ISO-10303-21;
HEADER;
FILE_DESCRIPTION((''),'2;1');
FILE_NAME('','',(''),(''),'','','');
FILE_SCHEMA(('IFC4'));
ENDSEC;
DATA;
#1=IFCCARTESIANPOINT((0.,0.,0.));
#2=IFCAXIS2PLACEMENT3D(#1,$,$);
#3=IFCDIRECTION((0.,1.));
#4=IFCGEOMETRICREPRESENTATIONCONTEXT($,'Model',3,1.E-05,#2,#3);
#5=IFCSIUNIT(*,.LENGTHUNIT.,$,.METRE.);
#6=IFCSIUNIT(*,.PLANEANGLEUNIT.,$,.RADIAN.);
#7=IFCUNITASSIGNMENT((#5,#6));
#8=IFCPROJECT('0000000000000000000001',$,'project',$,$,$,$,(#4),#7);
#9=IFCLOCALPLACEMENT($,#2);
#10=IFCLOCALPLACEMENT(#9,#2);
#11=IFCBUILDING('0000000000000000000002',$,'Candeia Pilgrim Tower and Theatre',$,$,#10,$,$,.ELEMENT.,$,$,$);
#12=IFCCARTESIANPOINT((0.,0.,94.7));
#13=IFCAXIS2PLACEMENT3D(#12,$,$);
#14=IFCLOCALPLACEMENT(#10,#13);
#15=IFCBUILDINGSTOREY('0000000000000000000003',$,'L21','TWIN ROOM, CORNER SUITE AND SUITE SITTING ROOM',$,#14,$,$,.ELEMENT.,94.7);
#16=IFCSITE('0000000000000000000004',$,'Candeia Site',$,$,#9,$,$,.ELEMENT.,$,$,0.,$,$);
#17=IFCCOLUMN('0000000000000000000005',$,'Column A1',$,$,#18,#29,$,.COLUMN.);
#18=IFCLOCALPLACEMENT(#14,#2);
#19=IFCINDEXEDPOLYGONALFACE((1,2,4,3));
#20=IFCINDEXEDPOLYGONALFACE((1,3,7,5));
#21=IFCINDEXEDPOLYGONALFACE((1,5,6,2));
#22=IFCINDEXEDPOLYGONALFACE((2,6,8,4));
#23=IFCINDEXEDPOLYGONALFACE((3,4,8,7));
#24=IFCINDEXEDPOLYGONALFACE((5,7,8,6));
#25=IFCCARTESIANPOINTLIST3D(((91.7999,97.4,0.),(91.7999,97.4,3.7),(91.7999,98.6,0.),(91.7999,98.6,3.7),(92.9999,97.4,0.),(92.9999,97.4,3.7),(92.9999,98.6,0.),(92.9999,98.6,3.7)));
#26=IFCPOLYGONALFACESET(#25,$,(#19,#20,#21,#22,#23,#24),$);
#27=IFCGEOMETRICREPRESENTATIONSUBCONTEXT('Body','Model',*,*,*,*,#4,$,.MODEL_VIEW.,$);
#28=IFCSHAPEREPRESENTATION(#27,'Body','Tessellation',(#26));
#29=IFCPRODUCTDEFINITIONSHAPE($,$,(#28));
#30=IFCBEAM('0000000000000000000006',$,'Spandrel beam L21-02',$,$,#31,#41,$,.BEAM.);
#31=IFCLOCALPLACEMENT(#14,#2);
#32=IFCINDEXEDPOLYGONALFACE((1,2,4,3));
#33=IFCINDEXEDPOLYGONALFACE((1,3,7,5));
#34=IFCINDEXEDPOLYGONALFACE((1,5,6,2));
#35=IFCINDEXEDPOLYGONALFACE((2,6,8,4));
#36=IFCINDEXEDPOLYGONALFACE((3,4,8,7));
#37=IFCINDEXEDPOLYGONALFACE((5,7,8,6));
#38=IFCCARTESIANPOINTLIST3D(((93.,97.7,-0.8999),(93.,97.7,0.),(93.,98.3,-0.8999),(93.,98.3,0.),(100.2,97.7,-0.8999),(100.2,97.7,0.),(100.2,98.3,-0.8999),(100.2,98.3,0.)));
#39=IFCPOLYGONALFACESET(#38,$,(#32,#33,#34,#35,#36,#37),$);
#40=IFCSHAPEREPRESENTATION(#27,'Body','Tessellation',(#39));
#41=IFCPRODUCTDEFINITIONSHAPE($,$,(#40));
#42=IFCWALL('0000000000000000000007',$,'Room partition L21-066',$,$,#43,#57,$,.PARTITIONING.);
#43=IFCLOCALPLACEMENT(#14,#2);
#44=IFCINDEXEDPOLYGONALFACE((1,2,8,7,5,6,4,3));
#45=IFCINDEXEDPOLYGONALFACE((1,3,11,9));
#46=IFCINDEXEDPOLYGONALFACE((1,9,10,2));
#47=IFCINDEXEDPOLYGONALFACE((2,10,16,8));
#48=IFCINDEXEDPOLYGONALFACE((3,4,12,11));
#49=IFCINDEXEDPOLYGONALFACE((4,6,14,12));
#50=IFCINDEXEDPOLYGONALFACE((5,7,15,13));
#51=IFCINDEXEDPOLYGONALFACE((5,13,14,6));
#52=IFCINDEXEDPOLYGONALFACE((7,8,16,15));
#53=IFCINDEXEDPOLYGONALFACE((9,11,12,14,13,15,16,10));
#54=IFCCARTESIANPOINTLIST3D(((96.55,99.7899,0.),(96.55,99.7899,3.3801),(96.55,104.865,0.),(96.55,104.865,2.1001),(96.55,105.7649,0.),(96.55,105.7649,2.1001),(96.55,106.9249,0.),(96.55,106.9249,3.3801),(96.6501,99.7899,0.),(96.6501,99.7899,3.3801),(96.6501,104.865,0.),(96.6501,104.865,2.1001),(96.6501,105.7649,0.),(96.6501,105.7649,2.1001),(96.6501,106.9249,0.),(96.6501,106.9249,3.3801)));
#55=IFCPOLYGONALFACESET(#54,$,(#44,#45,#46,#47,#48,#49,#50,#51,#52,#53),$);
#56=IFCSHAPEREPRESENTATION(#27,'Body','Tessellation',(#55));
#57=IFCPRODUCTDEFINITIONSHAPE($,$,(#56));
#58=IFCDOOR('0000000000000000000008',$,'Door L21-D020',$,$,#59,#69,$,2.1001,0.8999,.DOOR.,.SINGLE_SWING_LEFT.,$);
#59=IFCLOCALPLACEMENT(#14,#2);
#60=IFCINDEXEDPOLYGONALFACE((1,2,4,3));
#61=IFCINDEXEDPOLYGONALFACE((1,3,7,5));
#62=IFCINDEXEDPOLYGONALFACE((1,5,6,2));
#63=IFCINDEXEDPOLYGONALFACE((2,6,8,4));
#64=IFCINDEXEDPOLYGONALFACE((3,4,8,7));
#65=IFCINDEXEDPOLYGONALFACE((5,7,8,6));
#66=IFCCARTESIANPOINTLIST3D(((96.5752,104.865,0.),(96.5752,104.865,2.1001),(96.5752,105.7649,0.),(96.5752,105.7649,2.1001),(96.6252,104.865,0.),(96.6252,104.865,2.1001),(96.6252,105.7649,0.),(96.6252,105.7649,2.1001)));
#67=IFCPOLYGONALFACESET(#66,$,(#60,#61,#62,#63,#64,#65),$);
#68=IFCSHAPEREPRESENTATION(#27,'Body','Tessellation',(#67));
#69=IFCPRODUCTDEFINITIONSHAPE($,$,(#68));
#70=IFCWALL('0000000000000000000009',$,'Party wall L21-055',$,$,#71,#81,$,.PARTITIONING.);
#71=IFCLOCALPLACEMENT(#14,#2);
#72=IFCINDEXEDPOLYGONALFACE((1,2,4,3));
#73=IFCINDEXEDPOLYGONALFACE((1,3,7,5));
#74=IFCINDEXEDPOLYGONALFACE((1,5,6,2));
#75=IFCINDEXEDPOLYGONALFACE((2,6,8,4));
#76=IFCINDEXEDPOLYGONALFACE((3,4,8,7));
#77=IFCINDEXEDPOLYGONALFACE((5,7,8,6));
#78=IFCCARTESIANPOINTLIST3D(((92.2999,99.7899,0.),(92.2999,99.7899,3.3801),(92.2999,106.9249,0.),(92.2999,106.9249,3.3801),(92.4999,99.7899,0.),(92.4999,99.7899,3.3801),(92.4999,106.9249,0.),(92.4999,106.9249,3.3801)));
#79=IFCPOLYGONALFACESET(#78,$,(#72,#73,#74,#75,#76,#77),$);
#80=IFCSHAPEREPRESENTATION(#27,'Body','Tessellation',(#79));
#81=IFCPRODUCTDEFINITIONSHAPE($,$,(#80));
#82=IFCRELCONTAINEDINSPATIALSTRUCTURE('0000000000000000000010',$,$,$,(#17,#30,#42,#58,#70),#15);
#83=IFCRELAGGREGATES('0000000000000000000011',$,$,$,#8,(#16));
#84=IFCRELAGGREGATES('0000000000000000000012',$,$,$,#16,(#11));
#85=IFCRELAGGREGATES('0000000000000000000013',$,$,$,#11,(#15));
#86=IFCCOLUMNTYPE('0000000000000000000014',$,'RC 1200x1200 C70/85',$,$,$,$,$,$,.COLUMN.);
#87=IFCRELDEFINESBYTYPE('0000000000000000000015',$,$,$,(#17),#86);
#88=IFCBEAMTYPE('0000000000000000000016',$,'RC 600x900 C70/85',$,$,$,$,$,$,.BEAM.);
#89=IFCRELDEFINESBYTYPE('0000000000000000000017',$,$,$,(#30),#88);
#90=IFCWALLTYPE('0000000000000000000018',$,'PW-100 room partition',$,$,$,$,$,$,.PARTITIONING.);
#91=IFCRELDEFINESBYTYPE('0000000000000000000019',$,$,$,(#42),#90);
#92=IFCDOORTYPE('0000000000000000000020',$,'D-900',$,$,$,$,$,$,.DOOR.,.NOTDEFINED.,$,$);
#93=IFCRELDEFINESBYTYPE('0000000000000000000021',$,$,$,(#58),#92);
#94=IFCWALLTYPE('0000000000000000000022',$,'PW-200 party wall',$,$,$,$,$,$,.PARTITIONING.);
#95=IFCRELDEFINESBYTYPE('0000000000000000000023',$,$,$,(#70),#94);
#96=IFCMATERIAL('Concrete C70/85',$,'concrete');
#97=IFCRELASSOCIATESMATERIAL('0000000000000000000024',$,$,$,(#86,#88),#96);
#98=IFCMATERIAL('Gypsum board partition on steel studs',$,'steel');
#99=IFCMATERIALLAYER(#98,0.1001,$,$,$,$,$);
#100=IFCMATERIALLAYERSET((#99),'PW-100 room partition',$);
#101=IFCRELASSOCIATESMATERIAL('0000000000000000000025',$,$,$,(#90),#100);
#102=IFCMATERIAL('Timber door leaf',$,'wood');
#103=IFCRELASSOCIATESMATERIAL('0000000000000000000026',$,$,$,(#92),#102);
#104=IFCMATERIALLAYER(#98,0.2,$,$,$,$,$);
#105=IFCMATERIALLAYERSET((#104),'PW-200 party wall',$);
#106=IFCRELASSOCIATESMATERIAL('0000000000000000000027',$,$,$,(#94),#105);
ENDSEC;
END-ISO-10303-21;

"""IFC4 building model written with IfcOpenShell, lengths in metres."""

from ifc_helpers import new_model, si_unit, direction, frame, frame_2d, origin, origin_2d, place, context, subcontext, project, spatial, rectangle, extrude, material, layer, layer_set, material_profile, profile_set, type_object, element, fill, save


model = new_model("IFC4")

# Units and contexts
model_context = context("Model", 3, precision=1e-05, world=origin(), true_north=direction((0.0, 1.0)))
body_context = subcontext(model_context, "Body", "Model", "MODEL_VIEW")
ifc_project = project(units=[si_unit("LENGTHUNIT", "METRE"), si_unit("PLANEANGLEUNIT", "RADIAN")], contexts=[model_context])

# Site, building, storey
site_placement = place(None, origin())
site = spatial("IfcSite", under=ifc_project, at=site_placement, Name="Candeia Site", CompositionType="ELEMENT", RefElevation=0.0)
building_placement = place(site_placement, origin())
building = spatial("IfcBuilding", under=site, at=building_placement, Name="Candeia Pilgrim Tower and Theatre", CompositionType="ELEMENT")
storey_placement = place(building_placement, frame((0.0, 0.0, 94.7)))
storey = spatial("IfcBuildingStorey", under=building, at=storey_placement, Name="L21", Description="TWIN ROOM, CORNER SUITE AND SUITE SITTING ROOM", CompositionType="ELEMENT", Elevation=94.7)

# Column
ifc_material_1 = material(Name="Concrete C70/85", Category="concrete")
ifc_material_profile_1 = material_profile(ifc_material_1, rectangle(XDim=1.2, YDim=1.2, at=origin_2d()))
ifc_profile_set_1 = profile_set([ifc_material_profile_1], Name="Concrete C70/85")
column_type = type_object("IfcColumnType", Name="RC 1200x1200 C70/85", PredefinedType="COLUMN", material=ifc_profile_set_1)
column_placement = place(storey_placement, frame((92.3999, 98.0, 0.0), z_axis=(0.0, 0.0, 1.0), x_axis=(1.0, 0.0, 0.0)))
element("IfcColumn", 1, at=column_placement, inside=storey, type_object=column_type, Name="Column A1", PredefinedType="COLUMN", context=body_context, shape_type="SweptSolid", body=[
    extrude(rectangle(XDim=1.2, YDim=1.2, at=origin_2d()), origin(), (0.0, 0.0, 1.0), 3.7),
])

# Beam
ifc_material_profile_2 = material_profile(ifc_material_1, rectangle(XDim=0.6001, YDim=0.8999, at=origin_2d()))
ifc_profile_set_2 = profile_set([ifc_material_profile_2], Name="Concrete C70/85")
beam_type = type_object("IfcBeamType", Name="RC 600x900 C70/85", PredefinedType="BEAM", material=ifc_profile_set_2)
beam_placement = place(storey_placement, frame((93.0, 98.0, -0.45), z_axis=(1.0, 0.0, 0.0), x_axis=(0.0, 1.0, 0.0)))
element("IfcBeam", 2, at=beam_placement, inside=storey, type_object=beam_type, Name="Spandrel beam L21-02", PredefinedType="BEAM", context=body_context, shape_type="SweptSolid", body=[
    extrude(rectangle(XDim=0.6001, YDim=0.8999, at=origin_2d()), origin(), (0.0, 0.0, 1.0), 7.2),
])

# Wall, opening, door
ifc_material_2 = material(Name="Gypsum board partition on steel studs", Category="steel")
ifc_layer_1 = layer(ifc_material_2, 0.1001)
ifc_layer_set_1 = layer_set([ifc_layer_1], Name="PW-100 room partition")
wall_type_1 = type_object("IfcWallType", Name="PW-100 room partition", PredefinedType="PARTITIONING", material=ifc_layer_set_1)
wall_1_placement = place(storey_placement, frame((96.6001, 99.79, 0.0), z_axis=(0.0, 0.0, 1.0), x_axis=(0.0, 1.0, 0.0)))
wall_1 = element("IfcWall", 3, at=wall_1_placement, inside=storey, type_object=wall_type_1, Name="Room partition L21-066", PredefinedType="PARTITIONING", context=body_context, shape_type="SweptSolid", body=[
    extrude(rectangle(XDim=7.135, YDim=0.1001, at=frame_2d((3.5674, 0.0))), origin(), (0.0, 0.0, 1.0), 3.3801),
])
opening_1_placement = place(wall_1_placement, frame((5.075, 0.0, 0.0)))
opening_1 = element("IfcOpeningElement", 4, at=opening_1_placement, cuts=wall_1, PredefinedType="OPENING", context=body_context, shape_type="SweptSolid", body=[
    extrude(rectangle(XDim=0.8999, YDim=2.1001, at=frame_2d((0.45, 1.05))), frame((0.0, 0.0601, 0.0), z_axis=(0.0, -1.0, 0.0), x_axis=(1.0, 0.0, 0.0)), (0.0, 0.0, 1.0), 0.1201),
])
ifc_material_3 = material(Name="Timber door leaf", Category="wood")
door_type_1 = type_object("IfcDoorType", Name="D-900", OperationType="NOTDEFINED", PredefinedType="DOOR", material=ifc_material_3)
door_1_placement = place(opening_1_placement, origin())
door_1 = element("IfcDoor", 5, at=door_1_placement, inside=storey, type_object=door_type_1, Name="Door L21-D020", OperationType="SINGLE_SWING_LEFT", OverallHeight=2.1001, OverallWidth=0.8999, PredefinedType="DOOR", context=body_context, shape_type="SweptSolid", body=[
    extrude(rectangle(XDim=0.8999, YDim=2.1001, at=frame_2d((0.45, 1.05))), frame((0.0, 0.0249, 0.0), z_axis=(0.0, -1.0, 0.0), x_axis=(1.0, 0.0, 0.0)), (0.0, 0.0, 1.0), 0.05),
])
fill(opening_1, door_1)

# Wall
ifc_layer_2 = layer(ifc_material_2, 0.2)
ifc_layer_set_2 = layer_set([ifc_layer_2], Name="PW-200 party wall")
wall_type_2 = type_object("IfcWallType", Name="PW-200 party wall", PredefinedType="PARTITIONING", material=ifc_layer_set_2)
wall_2_placement = place(storey_placement, frame((92.3999, 99.79, 0.0), z_axis=(0.0, 0.0, 1.0), x_axis=(0.0, 1.0, 0.0)))
element("IfcWall", 6, at=wall_2_placement, inside=storey, type_object=wall_type_2, Name="Party wall L21-055", PredefinedType="PARTITIONING", context=body_context, shape_type="SweptSolid", body=[
    extrude(rectangle(XDim=7.135, YDim=0.2, at=frame_2d((3.5674, 0.0))), origin(), (0.0, 0.0, 1.0), 3.3801),
])

save(model, "model.ifc")
